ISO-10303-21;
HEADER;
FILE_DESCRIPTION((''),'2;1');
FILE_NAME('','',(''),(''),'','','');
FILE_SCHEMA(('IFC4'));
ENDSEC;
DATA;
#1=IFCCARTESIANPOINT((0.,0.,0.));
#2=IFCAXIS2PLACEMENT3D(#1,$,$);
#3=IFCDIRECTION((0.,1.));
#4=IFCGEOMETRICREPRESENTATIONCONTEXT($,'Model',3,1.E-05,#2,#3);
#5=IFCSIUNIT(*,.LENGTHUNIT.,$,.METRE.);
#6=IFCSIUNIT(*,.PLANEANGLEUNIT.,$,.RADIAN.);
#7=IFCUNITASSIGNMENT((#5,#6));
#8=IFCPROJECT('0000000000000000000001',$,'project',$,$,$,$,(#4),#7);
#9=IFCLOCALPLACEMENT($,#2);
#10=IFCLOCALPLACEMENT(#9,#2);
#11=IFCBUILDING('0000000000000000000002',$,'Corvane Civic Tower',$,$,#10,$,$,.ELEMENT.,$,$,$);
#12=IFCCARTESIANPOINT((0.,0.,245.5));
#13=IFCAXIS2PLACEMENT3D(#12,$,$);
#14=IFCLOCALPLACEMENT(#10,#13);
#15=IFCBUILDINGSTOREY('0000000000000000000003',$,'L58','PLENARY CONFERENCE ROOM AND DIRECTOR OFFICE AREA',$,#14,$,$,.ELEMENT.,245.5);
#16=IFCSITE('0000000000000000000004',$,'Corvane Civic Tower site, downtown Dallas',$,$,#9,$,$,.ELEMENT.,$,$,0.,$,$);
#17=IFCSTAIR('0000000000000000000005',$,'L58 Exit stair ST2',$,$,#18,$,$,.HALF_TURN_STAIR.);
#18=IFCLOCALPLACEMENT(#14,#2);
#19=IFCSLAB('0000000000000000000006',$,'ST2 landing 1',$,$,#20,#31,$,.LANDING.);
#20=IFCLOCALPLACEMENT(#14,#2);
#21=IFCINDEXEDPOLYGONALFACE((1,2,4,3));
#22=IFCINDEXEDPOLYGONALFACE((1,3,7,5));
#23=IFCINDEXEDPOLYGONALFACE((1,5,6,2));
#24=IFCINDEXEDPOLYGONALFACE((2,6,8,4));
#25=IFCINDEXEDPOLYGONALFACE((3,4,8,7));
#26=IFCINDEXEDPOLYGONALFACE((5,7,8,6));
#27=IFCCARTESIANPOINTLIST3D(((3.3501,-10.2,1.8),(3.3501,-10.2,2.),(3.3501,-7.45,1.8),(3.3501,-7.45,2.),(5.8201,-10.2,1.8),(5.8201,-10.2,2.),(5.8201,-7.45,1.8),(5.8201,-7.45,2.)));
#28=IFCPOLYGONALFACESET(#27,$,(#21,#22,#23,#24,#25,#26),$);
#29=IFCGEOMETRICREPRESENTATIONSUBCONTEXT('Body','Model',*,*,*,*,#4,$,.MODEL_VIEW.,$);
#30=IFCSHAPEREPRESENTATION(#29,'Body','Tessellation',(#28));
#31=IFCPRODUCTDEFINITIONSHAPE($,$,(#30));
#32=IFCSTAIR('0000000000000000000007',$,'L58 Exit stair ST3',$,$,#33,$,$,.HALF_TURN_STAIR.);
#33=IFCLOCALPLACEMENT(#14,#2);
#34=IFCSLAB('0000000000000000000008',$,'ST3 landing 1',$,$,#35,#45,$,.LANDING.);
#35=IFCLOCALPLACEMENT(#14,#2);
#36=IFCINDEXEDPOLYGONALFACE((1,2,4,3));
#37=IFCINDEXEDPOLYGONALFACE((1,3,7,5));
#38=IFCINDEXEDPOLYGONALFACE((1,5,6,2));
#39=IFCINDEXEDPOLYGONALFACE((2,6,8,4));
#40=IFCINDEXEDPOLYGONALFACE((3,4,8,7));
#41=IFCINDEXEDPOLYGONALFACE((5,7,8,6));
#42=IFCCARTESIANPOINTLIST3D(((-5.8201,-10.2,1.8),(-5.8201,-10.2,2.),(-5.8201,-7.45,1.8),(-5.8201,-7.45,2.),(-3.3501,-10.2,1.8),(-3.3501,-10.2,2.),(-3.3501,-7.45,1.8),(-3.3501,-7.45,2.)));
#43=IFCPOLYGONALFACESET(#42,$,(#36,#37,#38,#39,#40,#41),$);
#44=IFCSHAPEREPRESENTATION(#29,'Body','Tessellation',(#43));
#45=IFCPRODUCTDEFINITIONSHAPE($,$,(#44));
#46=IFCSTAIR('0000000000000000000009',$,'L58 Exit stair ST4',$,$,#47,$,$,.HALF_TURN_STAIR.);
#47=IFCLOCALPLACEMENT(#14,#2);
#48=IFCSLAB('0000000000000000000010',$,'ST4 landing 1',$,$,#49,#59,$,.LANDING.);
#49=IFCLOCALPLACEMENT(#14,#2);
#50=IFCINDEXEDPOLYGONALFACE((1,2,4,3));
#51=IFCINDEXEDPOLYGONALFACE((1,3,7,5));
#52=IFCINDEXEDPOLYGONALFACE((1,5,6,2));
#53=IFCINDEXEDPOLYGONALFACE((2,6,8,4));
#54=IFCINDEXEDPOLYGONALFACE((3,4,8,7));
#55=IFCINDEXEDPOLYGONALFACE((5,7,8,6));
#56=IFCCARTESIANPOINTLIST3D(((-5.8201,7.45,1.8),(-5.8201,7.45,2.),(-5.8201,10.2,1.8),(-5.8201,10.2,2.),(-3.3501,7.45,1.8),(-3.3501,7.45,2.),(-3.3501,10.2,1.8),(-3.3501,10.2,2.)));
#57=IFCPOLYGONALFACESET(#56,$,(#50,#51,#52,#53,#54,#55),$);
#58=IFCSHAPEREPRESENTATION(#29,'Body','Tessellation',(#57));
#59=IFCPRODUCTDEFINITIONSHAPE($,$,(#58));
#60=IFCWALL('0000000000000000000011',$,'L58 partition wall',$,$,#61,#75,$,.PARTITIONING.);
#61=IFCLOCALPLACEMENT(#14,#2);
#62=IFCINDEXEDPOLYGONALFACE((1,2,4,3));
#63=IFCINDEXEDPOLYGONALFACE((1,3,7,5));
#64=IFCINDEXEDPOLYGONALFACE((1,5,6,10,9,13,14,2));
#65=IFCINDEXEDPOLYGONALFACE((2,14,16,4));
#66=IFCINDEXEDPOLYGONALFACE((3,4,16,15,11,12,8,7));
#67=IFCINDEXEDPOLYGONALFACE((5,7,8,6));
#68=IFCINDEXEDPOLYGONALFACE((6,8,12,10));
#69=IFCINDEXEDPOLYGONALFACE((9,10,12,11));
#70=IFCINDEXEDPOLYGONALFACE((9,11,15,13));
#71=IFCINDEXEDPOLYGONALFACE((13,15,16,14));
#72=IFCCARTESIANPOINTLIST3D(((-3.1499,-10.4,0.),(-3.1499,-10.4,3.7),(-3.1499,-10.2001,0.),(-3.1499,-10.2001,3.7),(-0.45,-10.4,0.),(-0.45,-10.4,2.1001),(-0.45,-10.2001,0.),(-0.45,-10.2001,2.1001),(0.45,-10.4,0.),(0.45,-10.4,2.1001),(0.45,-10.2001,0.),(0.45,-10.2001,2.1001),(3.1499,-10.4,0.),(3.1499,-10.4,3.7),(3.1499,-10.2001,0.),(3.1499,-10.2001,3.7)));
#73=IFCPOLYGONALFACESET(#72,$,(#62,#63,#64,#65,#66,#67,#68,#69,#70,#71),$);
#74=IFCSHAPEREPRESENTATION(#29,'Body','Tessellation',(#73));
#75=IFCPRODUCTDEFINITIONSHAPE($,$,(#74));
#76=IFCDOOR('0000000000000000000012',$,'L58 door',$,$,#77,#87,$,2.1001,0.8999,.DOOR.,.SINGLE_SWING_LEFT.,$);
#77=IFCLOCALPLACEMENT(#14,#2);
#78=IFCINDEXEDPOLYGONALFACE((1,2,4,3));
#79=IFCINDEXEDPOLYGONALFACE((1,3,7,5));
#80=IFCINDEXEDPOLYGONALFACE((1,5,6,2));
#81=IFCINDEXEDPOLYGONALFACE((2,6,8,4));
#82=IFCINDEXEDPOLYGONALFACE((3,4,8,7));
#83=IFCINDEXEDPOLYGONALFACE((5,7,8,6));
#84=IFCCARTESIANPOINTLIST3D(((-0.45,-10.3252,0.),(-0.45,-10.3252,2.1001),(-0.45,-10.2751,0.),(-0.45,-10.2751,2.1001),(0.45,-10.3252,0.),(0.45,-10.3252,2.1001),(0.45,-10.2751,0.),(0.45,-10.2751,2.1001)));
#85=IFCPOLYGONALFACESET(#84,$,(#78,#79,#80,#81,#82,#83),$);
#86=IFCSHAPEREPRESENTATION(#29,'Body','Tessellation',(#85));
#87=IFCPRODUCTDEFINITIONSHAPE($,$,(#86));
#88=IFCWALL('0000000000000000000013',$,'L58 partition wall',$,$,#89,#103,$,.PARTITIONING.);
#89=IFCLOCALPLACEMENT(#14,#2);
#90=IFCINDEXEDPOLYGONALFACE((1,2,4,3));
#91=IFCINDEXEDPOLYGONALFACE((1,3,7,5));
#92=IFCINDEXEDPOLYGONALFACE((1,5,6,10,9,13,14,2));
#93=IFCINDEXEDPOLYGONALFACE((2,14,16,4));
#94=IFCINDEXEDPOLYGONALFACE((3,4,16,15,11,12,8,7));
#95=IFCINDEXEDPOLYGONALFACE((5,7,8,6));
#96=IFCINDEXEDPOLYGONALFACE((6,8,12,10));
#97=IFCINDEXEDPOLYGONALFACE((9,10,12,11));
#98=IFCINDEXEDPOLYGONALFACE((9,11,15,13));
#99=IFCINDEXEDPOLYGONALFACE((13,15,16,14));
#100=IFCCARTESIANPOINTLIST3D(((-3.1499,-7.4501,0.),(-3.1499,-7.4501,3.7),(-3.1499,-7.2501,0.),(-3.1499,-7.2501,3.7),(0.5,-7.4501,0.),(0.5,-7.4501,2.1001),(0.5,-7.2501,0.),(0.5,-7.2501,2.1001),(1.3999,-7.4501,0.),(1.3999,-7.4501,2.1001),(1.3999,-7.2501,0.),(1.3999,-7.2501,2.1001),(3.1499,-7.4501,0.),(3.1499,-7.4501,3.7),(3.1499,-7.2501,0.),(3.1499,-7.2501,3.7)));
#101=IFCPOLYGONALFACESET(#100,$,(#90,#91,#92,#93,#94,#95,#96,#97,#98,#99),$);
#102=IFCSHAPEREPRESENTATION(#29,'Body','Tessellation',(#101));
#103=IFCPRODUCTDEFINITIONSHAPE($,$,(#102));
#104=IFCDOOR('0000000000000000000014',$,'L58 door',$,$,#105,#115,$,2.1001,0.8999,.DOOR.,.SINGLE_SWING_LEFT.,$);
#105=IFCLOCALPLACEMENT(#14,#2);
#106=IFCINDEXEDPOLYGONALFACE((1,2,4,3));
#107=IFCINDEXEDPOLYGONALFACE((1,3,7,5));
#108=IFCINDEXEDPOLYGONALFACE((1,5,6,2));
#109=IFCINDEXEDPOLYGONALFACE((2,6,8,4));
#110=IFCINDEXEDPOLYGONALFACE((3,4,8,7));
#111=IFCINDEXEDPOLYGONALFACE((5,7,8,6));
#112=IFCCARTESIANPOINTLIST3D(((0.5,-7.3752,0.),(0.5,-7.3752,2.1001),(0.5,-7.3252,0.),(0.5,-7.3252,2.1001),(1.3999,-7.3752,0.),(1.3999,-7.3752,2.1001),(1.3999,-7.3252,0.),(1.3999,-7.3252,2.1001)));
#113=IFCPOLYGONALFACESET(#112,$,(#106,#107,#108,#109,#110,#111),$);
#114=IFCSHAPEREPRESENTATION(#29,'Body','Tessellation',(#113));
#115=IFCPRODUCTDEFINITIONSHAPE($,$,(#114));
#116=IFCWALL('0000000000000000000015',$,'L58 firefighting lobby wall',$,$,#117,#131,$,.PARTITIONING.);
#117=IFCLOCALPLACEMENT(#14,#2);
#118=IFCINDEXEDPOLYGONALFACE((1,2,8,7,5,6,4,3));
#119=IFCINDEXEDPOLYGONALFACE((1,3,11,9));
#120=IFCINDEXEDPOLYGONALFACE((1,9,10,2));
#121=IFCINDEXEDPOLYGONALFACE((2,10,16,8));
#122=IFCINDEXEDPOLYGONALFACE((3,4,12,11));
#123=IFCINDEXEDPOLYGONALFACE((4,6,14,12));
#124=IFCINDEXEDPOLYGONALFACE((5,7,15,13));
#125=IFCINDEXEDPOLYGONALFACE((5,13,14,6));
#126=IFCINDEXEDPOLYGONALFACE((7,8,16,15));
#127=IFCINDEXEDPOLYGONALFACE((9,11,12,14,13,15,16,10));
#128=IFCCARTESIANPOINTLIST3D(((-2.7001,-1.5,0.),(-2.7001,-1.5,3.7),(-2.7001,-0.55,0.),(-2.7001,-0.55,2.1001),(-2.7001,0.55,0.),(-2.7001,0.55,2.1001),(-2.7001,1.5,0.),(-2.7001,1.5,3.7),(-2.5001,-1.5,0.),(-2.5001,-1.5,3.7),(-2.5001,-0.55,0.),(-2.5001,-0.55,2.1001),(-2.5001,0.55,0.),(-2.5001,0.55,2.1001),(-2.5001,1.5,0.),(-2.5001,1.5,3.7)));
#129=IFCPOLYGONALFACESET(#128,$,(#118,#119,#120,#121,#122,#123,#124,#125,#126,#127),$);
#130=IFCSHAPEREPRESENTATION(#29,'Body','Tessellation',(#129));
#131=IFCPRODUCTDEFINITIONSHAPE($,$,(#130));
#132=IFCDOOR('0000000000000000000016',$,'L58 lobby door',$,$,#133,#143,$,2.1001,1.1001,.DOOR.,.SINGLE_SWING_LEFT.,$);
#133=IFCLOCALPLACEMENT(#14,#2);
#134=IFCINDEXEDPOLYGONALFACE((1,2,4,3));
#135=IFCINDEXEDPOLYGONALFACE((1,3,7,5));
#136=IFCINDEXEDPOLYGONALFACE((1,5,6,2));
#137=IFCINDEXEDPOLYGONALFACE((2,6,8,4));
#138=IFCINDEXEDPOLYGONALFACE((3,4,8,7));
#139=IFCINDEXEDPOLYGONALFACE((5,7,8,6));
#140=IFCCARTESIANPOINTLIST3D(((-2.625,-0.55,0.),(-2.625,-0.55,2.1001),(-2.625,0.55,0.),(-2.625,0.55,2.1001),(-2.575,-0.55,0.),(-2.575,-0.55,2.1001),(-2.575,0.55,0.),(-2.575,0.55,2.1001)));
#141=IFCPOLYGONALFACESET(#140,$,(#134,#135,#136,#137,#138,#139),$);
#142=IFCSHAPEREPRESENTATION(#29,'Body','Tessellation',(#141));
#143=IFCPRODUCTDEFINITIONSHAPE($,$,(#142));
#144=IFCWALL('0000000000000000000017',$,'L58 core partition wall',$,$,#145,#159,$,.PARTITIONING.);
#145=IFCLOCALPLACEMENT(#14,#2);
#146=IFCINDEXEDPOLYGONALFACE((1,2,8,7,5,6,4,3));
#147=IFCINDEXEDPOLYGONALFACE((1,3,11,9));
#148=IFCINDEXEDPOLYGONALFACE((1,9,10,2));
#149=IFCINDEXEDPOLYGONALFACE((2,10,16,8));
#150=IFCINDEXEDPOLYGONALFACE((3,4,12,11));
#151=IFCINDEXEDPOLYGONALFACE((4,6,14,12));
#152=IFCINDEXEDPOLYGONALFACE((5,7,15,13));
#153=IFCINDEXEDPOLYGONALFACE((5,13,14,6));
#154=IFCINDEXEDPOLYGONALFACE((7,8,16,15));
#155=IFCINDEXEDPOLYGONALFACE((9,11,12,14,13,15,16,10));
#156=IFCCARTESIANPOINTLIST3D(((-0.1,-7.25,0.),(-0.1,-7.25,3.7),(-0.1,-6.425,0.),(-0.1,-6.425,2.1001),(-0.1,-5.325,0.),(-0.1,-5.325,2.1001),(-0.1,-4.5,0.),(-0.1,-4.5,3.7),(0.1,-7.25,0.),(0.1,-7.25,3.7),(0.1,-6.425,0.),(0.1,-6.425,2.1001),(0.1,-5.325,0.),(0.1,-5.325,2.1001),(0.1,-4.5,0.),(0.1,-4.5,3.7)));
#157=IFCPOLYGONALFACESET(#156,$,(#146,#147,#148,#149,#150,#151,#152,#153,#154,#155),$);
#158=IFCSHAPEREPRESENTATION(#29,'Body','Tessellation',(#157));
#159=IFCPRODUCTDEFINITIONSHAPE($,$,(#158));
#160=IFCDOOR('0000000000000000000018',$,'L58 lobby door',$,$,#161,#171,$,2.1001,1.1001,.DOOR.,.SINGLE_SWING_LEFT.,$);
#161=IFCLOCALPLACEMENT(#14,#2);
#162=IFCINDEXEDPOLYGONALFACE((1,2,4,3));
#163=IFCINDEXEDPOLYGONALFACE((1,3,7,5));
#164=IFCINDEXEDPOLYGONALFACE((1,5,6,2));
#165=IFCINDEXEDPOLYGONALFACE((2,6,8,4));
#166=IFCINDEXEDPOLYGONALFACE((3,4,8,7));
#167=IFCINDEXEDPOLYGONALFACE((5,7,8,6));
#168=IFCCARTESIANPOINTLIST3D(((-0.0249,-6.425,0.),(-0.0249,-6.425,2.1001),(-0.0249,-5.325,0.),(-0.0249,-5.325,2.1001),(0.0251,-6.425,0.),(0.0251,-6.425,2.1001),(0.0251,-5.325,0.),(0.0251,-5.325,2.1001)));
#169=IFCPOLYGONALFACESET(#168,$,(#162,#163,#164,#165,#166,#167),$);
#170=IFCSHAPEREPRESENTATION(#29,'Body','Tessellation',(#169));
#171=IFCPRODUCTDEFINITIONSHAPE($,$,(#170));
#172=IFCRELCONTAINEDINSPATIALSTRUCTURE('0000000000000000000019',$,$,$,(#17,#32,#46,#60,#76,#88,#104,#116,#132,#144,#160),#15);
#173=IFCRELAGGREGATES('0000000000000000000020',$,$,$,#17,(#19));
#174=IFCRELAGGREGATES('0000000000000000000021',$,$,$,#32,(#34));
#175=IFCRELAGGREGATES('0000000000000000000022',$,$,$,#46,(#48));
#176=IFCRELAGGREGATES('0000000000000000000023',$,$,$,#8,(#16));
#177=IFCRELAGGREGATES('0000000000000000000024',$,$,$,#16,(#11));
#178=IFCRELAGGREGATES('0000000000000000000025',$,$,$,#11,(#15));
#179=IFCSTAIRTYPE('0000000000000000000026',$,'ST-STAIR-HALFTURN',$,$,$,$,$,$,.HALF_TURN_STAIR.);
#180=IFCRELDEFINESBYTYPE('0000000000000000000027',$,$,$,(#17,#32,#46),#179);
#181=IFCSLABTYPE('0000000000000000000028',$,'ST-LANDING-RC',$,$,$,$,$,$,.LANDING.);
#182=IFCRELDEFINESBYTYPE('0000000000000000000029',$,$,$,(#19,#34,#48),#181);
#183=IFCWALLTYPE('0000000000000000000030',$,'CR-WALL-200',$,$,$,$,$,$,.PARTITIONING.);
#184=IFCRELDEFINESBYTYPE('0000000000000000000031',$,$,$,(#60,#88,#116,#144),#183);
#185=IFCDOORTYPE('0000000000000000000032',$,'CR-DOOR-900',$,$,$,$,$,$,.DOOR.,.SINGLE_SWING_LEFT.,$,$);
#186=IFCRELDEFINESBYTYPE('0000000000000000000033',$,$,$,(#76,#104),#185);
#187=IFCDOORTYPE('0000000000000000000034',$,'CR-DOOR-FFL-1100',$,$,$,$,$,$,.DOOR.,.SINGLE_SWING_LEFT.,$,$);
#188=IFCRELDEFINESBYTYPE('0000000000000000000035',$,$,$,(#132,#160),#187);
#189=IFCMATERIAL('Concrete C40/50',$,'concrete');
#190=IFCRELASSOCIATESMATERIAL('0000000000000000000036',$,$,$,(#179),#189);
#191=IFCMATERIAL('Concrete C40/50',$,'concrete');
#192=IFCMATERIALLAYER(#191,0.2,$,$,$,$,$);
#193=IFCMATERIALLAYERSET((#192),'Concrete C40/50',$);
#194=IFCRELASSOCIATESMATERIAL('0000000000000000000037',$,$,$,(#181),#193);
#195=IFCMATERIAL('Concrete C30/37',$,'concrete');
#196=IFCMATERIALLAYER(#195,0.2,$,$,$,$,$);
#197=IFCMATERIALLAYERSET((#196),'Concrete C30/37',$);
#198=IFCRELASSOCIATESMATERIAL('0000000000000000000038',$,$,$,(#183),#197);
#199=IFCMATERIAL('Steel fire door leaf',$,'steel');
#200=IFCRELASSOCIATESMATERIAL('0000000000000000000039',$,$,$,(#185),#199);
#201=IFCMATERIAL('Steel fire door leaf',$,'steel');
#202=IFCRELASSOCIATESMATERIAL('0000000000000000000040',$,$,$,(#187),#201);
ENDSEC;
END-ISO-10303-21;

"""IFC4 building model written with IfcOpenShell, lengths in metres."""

from ifc_helpers import new_model, si_unit, direction, frame, frame_2d, origin, place, context, subcontext, project, spatial, polyline, rectangle, outline, extrude, material, layer, layer_set, type_object, element, fill, aggregate, save


model = new_model("IFC4")

# Units and contexts
model_context = context("Model", 3, precision=1e-05, world=origin(), true_north=direction((0.0, 1.0)))
body_context = subcontext(model_context, "Body", "Model", "MODEL_VIEW")
ifc_project = project(units=[si_unit("LENGTHUNIT", "METRE"), si_unit("PLANEANGLEUNIT", "RADIAN")], contexts=[model_context])

# Site, building, storey
site_placement = place(None, origin())
site = spatial("IfcSite", under=ifc_project, at=site_placement, Name="Corvane Civic Tower site, downtown Dallas", CompositionType="ELEMENT", RefElevation=0.0)
building_placement = place(site_placement, origin())
building = spatial("IfcBuilding", under=site, at=building_placement, Name="Corvane Civic Tower", CompositionType="ELEMENT")
storey_placement = place(building_placement, frame((0.0, 0.0, 245.5)))
storey = spatial("IfcBuildingStorey", under=building, at=storey_placement, Name="L58", Description="PLENARY CONFERENCE ROOM AND DIRECTOR OFFICE AREA", CompositionType="ELEMENT", Elevation=245.5)

# Stairs, slabs
ifc_material_1 = material(Name="Concrete C40/50", Category="concrete")
stair_type = type_object("IfcStairType", Name="ST-STAIR-HALFTURN", PredefinedType="HALF_TURN_STAIR", material=ifc_material_1)
ifc_material_2 = material(Name="Concrete C40/50", Category="concrete")
ifc_layer_1 = layer(ifc_material_2, 0.2)
ifc_layer_set_1 = layer_set([ifc_layer_1], Name="Concrete C40/50")
slab_type_1 = type_object("IfcSlabType", Name="ST-LANDING-RC", PredefinedType="LANDING", material=ifc_layer_set_1)
stair_1_placement = place(storey_placement, origin())
stair_1 = element("IfcStair", 1, at=stair_1_placement, inside=storey, type_object=stair_type, Name="L58 Exit stair ST2", PredefinedType="HALF_TURN_STAIR")
slab_1_placement = place(storey_placement, frame((0.0, 0.0, 1.8)))
slab_1 = element("IfcSlab", 2, at=slab_1_placement, type_object=slab_type_1, Name="ST2 landing 1", PredefinedType="LANDING", context=body_context, shape_type="SweptSolid", body=[
    extrude(outline(polyline([(5.8201, -7.45), (3.3501, -7.45), (3.3501, -10.2), (5.8201, -10.2), (5.8201, -7.45)])), origin(), (0.0, 0.0, 1.0), 0.2),
])
aggregate(stair_1, [slab_1])
stair_2_placement = place(storey_placement, origin())
stair_2 = element("IfcStair", 3, at=stair_2_placement, inside=storey, type_object=stair_type, Name="L58 Exit stair ST3", PredefinedType="HALF_TURN_STAIR")
slab_2_placement = place(storey_placement, frame((0.0, 0.0, 1.8)))
slab_2 = element("IfcSlab", 4, at=slab_2_placement, type_object=slab_type_1, Name="ST3 landing 1", PredefinedType="LANDING", context=body_context, shape_type="SweptSolid", body=[
    extrude(outline(polyline([(-5.8201, -10.2), (-3.3501, -10.2), (-3.3501, -7.45), (-5.8201, -7.45), (-5.8201, -10.2)])), origin(), (0.0, 0.0, 1.0), 0.2),
])
aggregate(stair_2, [slab_2])
stair_3_placement = place(storey_placement, origin())
stair_3 = element("IfcStair", 5, at=stair_3_placement, inside=storey, type_object=stair_type, Name="L58 Exit stair ST4", PredefinedType="HALF_TURN_STAIR")
slab_3_placement = place(storey_placement, frame((0.0, 0.0, 1.8)))
slab_3 = element("IfcSlab", 6, at=slab_3_placement, type_object=slab_type_1, Name="ST4 landing 1", PredefinedType="LANDING", context=body_context, shape_type="SweptSolid", body=[
    extrude(outline(polyline([(-5.8201, 7.45), (-3.3501, 7.45), (-3.3501, 10.2), (-5.8201, 10.2), (-5.8201, 7.45)])), origin(), (0.0, 0.0, 1.0), 0.2),
])
aggregate(stair_3, [slab_3])

# Walls, openings, doors
ifc_material_3 = material(Name="Concrete C30/37", Category="concrete")
ifc_layer_2 = layer(ifc_material_3, 0.2)
ifc_layer_set_2 = layer_set([ifc_layer_2], Name="Concrete C30/37")
wall_type = type_object("IfcWallType", Name="CR-WALL-200", PredefinedType="PARTITIONING", material=ifc_layer_set_2)
wall_1_placement = place(storey_placement, frame((-3.1499, -10.3, 0.0), z_axis=(0.0, 0.0, 1.0), x_axis=(1.0, 0.0, 0.0)))
wall_1 = element("IfcWall", 7, at=wall_1_placement, inside=storey, type_object=wall_type, Name="L58 partition wall", PredefinedType="PARTITIONING", context=body_context, shape_type="SweptSolid", body=[
    extrude(rectangle(XDim=6.2998, YDim=0.2, at=frame_2d((3.1499, 0.0))), origin(), (0.0, 0.0, 1.0), 3.7),
])
opening_1_placement = place(wall_1_placement, frame((2.7, 0.0, 0.0)))
opening_1 = element("IfcOpeningElement", 8, at=opening_1_placement, cuts=wall_1, PredefinedType="OPENING", context=body_context, shape_type="SweptSolid", body=[
    extrude(rectangle(XDim=0.8999, YDim=2.1001, at=frame_2d((0.45, 1.05))), frame((0.0, 0.1099, 0.0), z_axis=(0.0, -1.0, 0.0), x_axis=(1.0, 0.0, 0.0)), (0.0, 0.0, 1.0), 0.22),
])
ifc_material_4 = material(Name="Steel fire door leaf", Category="steel")
door_type_1 = type_object("IfcDoorType", Name="CR-DOOR-900", OperationType="SINGLE_SWING_LEFT", PredefinedType="DOOR", material=ifc_material_4)
door_1_placement = place(opening_1_placement, origin())
door_1 = element("IfcDoor", 9, at=door_1_placement, inside=storey, type_object=door_type_1, Name="L58 door", OperationType="SINGLE_SWING_LEFT", OverallHeight=2.1001, OverallWidth=0.8999, PredefinedType="DOOR", context=body_context, shape_type="SweptSolid", body=[
    extrude(rectangle(XDim=0.8999, YDim=2.1001, at=frame_2d((0.45, 1.05))), frame((0.0, 0.0249, 0.0), z_axis=(0.0, -1.0, 0.0), x_axis=(1.0, 0.0, 0.0)), (0.0, 0.0, 1.0), 0.05),
])
fill(opening_1, door_1)
wall_2_placement = place(storey_placement, frame((-3.1499, -7.3501, 0.0), z_axis=(0.0, 0.0, 1.0), x_axis=(1.0, 0.0, 0.0)))
wall_2 = element("IfcWall", 10, at=wall_2_placement, inside=storey, type_object=wall_type, Name="L58 partition wall", PredefinedType="PARTITIONING", context=body_context, shape_type="SweptSolid", body=[
    extrude(rectangle(XDim=6.2998, YDim=0.2, at=frame_2d((3.1499, 0.0))), origin(), (0.0, 0.0, 1.0), 3.7),
])
opening_2_placement = place(wall_2_placement, frame((3.6499, 0.0, 0.0)))
opening_2 = element("IfcOpeningElement", 11, at=opening_2_placement, cuts=wall_2, PredefinedType="OPENING", context=body_context, shape_type="SweptSolid", body=[
    extrude(rectangle(XDim=0.8999, YDim=2.1001, at=frame_2d((0.45, 1.05))), frame((0.0, 0.1099, 0.0), z_axis=(0.0, -1.0, 0.0), x_axis=(1.0, 0.0, 0.0)), (0.0, 0.0, 1.0), 0.22),
])
door_2_placement = place(opening_2_placement, origin())
door_2 = element("IfcDoor", 12, at=door_2_placement, inside=storey, type_object=door_type_1, Name="L58 door", OperationType="SINGLE_SWING_LEFT", OverallHeight=2.1001, OverallWidth=0.8999, PredefinedType="DOOR", context=body_context, shape_type="SweptSolid", body=[
    extrude(rectangle(XDim=0.8999, YDim=2.1001, at=frame_2d((0.45, 1.05))), frame((0.0, 0.0249, 0.0), z_axis=(0.0, -1.0, 0.0), x_axis=(1.0, 0.0, 0.0)), (0.0, 0.0, 1.0), 0.05),
])
fill(opening_2, door_2)
wall_3_placement = place(storey_placement, frame((-2.6001, -1.5, 0.0), z_axis=(0.0, 0.0, 1.0), x_axis=(0.0, 1.0, 0.0)))
wall_3 = element("IfcWall", 13, at=wall_3_placement, inside=storey, type_object=wall_type, Name="L58 firefighting lobby wall", PredefinedType="PARTITIONING", context=body_context, shape_type="SweptSolid", body=[
    extrude(rectangle(XDim=3.0, YDim=0.2, at=frame_2d((1.5, 0.0))), origin(), (0.0, 0.0, 1.0), 3.7),
])
opening_3_placement = place(wall_3_placement, frame((0.95, 0.0, 0.0)))
opening_3 = element("IfcOpeningElement", 14, at=opening_3_placement, cuts=wall_3, PredefinedType="OPENING", context=body_context, shape_type="SweptSolid", body=[
    extrude(rectangle(XDim=1.1001, YDim=2.1001, at=frame_2d((0.55, 1.05))), frame((0.0, 0.1099, 0.0), z_axis=(0.0, -1.0, 0.0), x_axis=(1.0, 0.0, 0.0)), (0.0, 0.0, 1.0), 0.22),
])
ifc_material_5 = material(Name="Steel fire door leaf", Category="steel")
door_type_2 = type_object("IfcDoorType", Name="CR-DOOR-FFL-1100", OperationType="SINGLE_SWING_LEFT", PredefinedType="DOOR", material=ifc_material_5)
door_3_placement = place(opening_3_placement, origin())
door_3 = element("IfcDoor", 15, at=door_3_placement, inside=storey, type_object=door_type_2, Name="L58 lobby door", OperationType="SINGLE_SWING_LEFT", OverallHeight=2.1001, OverallWidth=1.1001, PredefinedType="DOOR", context=body_context, shape_type="SweptSolid", body=[
    extrude(rectangle(XDim=1.1001, YDim=2.1001, at=frame_2d((0.55, 1.05))), frame((0.0, 0.0249, 0.0), z_axis=(0.0, -1.0, 0.0), x_axis=(1.0, 0.0, 0.0)), (0.0, 0.0, 1.0), 0.05),
])
fill(opening_3, door_3)
wall_4_placement = place(storey_placement, frame((0.0, -7.25, 0.0), z_axis=(0.0, 0.0, 1.0), x_axis=(0.0, 1.0, 0.0)))
wall_4 = element("IfcWall", 16, at=wall_4_placement, inside=storey, type_object=wall_type, Name="L58 core partition wall", PredefinedType="PARTITIONING", context=body_context, shape_type="SweptSolid", body=[
    extrude(rectangle(XDim=2.75, YDim=0.2, at=frame_2d((1.375, 0.0))), origin(), (0.0, 0.0, 1.0), 3.7),
])
opening_4_placement = place(wall_4_placement, frame((0.825, 0.0, 0.0)))
opening_4 = element("IfcOpeningElement", 17, at=opening_4_placement, cuts=wall_4, PredefinedType="OPENING", context=body_context, shape_type="SweptSolid", body=[
    extrude(rectangle(XDim=1.1001, YDim=2.1001, at=frame_2d((0.55, 1.05))), frame((0.0, 0.1099, 0.0), z_axis=(0.0, -1.0, 0.0), x_axis=(1.0, 0.0, 0.0)), (0.0, 0.0, 1.0), 0.22),
])
door_4_placement = place(opening_4_placement, origin())
door_4 = element("IfcDoor", 18, at=door_4_placement, inside=storey, type_object=door_type_2, Name="L58 lobby door", OperationType="SINGLE_SWING_LEFT", OverallHeight=2.1001, OverallWidth=1.1001, PredefinedType="DOOR", context=body_context, shape_type="SweptSolid", body=[
    extrude(rectangle(XDim=1.1001, YDim=2.1001, at=frame_2d((0.55, 1.05))), frame((0.0, 0.0249, 0.0), z_axis=(0.0, -1.0, 0.0), x_axis=(1.0, 0.0, 0.0)), (0.0, 0.0, 1.0), 0.05),
])
fill(opening_4, door_4)

save(model, "model.ifc")
